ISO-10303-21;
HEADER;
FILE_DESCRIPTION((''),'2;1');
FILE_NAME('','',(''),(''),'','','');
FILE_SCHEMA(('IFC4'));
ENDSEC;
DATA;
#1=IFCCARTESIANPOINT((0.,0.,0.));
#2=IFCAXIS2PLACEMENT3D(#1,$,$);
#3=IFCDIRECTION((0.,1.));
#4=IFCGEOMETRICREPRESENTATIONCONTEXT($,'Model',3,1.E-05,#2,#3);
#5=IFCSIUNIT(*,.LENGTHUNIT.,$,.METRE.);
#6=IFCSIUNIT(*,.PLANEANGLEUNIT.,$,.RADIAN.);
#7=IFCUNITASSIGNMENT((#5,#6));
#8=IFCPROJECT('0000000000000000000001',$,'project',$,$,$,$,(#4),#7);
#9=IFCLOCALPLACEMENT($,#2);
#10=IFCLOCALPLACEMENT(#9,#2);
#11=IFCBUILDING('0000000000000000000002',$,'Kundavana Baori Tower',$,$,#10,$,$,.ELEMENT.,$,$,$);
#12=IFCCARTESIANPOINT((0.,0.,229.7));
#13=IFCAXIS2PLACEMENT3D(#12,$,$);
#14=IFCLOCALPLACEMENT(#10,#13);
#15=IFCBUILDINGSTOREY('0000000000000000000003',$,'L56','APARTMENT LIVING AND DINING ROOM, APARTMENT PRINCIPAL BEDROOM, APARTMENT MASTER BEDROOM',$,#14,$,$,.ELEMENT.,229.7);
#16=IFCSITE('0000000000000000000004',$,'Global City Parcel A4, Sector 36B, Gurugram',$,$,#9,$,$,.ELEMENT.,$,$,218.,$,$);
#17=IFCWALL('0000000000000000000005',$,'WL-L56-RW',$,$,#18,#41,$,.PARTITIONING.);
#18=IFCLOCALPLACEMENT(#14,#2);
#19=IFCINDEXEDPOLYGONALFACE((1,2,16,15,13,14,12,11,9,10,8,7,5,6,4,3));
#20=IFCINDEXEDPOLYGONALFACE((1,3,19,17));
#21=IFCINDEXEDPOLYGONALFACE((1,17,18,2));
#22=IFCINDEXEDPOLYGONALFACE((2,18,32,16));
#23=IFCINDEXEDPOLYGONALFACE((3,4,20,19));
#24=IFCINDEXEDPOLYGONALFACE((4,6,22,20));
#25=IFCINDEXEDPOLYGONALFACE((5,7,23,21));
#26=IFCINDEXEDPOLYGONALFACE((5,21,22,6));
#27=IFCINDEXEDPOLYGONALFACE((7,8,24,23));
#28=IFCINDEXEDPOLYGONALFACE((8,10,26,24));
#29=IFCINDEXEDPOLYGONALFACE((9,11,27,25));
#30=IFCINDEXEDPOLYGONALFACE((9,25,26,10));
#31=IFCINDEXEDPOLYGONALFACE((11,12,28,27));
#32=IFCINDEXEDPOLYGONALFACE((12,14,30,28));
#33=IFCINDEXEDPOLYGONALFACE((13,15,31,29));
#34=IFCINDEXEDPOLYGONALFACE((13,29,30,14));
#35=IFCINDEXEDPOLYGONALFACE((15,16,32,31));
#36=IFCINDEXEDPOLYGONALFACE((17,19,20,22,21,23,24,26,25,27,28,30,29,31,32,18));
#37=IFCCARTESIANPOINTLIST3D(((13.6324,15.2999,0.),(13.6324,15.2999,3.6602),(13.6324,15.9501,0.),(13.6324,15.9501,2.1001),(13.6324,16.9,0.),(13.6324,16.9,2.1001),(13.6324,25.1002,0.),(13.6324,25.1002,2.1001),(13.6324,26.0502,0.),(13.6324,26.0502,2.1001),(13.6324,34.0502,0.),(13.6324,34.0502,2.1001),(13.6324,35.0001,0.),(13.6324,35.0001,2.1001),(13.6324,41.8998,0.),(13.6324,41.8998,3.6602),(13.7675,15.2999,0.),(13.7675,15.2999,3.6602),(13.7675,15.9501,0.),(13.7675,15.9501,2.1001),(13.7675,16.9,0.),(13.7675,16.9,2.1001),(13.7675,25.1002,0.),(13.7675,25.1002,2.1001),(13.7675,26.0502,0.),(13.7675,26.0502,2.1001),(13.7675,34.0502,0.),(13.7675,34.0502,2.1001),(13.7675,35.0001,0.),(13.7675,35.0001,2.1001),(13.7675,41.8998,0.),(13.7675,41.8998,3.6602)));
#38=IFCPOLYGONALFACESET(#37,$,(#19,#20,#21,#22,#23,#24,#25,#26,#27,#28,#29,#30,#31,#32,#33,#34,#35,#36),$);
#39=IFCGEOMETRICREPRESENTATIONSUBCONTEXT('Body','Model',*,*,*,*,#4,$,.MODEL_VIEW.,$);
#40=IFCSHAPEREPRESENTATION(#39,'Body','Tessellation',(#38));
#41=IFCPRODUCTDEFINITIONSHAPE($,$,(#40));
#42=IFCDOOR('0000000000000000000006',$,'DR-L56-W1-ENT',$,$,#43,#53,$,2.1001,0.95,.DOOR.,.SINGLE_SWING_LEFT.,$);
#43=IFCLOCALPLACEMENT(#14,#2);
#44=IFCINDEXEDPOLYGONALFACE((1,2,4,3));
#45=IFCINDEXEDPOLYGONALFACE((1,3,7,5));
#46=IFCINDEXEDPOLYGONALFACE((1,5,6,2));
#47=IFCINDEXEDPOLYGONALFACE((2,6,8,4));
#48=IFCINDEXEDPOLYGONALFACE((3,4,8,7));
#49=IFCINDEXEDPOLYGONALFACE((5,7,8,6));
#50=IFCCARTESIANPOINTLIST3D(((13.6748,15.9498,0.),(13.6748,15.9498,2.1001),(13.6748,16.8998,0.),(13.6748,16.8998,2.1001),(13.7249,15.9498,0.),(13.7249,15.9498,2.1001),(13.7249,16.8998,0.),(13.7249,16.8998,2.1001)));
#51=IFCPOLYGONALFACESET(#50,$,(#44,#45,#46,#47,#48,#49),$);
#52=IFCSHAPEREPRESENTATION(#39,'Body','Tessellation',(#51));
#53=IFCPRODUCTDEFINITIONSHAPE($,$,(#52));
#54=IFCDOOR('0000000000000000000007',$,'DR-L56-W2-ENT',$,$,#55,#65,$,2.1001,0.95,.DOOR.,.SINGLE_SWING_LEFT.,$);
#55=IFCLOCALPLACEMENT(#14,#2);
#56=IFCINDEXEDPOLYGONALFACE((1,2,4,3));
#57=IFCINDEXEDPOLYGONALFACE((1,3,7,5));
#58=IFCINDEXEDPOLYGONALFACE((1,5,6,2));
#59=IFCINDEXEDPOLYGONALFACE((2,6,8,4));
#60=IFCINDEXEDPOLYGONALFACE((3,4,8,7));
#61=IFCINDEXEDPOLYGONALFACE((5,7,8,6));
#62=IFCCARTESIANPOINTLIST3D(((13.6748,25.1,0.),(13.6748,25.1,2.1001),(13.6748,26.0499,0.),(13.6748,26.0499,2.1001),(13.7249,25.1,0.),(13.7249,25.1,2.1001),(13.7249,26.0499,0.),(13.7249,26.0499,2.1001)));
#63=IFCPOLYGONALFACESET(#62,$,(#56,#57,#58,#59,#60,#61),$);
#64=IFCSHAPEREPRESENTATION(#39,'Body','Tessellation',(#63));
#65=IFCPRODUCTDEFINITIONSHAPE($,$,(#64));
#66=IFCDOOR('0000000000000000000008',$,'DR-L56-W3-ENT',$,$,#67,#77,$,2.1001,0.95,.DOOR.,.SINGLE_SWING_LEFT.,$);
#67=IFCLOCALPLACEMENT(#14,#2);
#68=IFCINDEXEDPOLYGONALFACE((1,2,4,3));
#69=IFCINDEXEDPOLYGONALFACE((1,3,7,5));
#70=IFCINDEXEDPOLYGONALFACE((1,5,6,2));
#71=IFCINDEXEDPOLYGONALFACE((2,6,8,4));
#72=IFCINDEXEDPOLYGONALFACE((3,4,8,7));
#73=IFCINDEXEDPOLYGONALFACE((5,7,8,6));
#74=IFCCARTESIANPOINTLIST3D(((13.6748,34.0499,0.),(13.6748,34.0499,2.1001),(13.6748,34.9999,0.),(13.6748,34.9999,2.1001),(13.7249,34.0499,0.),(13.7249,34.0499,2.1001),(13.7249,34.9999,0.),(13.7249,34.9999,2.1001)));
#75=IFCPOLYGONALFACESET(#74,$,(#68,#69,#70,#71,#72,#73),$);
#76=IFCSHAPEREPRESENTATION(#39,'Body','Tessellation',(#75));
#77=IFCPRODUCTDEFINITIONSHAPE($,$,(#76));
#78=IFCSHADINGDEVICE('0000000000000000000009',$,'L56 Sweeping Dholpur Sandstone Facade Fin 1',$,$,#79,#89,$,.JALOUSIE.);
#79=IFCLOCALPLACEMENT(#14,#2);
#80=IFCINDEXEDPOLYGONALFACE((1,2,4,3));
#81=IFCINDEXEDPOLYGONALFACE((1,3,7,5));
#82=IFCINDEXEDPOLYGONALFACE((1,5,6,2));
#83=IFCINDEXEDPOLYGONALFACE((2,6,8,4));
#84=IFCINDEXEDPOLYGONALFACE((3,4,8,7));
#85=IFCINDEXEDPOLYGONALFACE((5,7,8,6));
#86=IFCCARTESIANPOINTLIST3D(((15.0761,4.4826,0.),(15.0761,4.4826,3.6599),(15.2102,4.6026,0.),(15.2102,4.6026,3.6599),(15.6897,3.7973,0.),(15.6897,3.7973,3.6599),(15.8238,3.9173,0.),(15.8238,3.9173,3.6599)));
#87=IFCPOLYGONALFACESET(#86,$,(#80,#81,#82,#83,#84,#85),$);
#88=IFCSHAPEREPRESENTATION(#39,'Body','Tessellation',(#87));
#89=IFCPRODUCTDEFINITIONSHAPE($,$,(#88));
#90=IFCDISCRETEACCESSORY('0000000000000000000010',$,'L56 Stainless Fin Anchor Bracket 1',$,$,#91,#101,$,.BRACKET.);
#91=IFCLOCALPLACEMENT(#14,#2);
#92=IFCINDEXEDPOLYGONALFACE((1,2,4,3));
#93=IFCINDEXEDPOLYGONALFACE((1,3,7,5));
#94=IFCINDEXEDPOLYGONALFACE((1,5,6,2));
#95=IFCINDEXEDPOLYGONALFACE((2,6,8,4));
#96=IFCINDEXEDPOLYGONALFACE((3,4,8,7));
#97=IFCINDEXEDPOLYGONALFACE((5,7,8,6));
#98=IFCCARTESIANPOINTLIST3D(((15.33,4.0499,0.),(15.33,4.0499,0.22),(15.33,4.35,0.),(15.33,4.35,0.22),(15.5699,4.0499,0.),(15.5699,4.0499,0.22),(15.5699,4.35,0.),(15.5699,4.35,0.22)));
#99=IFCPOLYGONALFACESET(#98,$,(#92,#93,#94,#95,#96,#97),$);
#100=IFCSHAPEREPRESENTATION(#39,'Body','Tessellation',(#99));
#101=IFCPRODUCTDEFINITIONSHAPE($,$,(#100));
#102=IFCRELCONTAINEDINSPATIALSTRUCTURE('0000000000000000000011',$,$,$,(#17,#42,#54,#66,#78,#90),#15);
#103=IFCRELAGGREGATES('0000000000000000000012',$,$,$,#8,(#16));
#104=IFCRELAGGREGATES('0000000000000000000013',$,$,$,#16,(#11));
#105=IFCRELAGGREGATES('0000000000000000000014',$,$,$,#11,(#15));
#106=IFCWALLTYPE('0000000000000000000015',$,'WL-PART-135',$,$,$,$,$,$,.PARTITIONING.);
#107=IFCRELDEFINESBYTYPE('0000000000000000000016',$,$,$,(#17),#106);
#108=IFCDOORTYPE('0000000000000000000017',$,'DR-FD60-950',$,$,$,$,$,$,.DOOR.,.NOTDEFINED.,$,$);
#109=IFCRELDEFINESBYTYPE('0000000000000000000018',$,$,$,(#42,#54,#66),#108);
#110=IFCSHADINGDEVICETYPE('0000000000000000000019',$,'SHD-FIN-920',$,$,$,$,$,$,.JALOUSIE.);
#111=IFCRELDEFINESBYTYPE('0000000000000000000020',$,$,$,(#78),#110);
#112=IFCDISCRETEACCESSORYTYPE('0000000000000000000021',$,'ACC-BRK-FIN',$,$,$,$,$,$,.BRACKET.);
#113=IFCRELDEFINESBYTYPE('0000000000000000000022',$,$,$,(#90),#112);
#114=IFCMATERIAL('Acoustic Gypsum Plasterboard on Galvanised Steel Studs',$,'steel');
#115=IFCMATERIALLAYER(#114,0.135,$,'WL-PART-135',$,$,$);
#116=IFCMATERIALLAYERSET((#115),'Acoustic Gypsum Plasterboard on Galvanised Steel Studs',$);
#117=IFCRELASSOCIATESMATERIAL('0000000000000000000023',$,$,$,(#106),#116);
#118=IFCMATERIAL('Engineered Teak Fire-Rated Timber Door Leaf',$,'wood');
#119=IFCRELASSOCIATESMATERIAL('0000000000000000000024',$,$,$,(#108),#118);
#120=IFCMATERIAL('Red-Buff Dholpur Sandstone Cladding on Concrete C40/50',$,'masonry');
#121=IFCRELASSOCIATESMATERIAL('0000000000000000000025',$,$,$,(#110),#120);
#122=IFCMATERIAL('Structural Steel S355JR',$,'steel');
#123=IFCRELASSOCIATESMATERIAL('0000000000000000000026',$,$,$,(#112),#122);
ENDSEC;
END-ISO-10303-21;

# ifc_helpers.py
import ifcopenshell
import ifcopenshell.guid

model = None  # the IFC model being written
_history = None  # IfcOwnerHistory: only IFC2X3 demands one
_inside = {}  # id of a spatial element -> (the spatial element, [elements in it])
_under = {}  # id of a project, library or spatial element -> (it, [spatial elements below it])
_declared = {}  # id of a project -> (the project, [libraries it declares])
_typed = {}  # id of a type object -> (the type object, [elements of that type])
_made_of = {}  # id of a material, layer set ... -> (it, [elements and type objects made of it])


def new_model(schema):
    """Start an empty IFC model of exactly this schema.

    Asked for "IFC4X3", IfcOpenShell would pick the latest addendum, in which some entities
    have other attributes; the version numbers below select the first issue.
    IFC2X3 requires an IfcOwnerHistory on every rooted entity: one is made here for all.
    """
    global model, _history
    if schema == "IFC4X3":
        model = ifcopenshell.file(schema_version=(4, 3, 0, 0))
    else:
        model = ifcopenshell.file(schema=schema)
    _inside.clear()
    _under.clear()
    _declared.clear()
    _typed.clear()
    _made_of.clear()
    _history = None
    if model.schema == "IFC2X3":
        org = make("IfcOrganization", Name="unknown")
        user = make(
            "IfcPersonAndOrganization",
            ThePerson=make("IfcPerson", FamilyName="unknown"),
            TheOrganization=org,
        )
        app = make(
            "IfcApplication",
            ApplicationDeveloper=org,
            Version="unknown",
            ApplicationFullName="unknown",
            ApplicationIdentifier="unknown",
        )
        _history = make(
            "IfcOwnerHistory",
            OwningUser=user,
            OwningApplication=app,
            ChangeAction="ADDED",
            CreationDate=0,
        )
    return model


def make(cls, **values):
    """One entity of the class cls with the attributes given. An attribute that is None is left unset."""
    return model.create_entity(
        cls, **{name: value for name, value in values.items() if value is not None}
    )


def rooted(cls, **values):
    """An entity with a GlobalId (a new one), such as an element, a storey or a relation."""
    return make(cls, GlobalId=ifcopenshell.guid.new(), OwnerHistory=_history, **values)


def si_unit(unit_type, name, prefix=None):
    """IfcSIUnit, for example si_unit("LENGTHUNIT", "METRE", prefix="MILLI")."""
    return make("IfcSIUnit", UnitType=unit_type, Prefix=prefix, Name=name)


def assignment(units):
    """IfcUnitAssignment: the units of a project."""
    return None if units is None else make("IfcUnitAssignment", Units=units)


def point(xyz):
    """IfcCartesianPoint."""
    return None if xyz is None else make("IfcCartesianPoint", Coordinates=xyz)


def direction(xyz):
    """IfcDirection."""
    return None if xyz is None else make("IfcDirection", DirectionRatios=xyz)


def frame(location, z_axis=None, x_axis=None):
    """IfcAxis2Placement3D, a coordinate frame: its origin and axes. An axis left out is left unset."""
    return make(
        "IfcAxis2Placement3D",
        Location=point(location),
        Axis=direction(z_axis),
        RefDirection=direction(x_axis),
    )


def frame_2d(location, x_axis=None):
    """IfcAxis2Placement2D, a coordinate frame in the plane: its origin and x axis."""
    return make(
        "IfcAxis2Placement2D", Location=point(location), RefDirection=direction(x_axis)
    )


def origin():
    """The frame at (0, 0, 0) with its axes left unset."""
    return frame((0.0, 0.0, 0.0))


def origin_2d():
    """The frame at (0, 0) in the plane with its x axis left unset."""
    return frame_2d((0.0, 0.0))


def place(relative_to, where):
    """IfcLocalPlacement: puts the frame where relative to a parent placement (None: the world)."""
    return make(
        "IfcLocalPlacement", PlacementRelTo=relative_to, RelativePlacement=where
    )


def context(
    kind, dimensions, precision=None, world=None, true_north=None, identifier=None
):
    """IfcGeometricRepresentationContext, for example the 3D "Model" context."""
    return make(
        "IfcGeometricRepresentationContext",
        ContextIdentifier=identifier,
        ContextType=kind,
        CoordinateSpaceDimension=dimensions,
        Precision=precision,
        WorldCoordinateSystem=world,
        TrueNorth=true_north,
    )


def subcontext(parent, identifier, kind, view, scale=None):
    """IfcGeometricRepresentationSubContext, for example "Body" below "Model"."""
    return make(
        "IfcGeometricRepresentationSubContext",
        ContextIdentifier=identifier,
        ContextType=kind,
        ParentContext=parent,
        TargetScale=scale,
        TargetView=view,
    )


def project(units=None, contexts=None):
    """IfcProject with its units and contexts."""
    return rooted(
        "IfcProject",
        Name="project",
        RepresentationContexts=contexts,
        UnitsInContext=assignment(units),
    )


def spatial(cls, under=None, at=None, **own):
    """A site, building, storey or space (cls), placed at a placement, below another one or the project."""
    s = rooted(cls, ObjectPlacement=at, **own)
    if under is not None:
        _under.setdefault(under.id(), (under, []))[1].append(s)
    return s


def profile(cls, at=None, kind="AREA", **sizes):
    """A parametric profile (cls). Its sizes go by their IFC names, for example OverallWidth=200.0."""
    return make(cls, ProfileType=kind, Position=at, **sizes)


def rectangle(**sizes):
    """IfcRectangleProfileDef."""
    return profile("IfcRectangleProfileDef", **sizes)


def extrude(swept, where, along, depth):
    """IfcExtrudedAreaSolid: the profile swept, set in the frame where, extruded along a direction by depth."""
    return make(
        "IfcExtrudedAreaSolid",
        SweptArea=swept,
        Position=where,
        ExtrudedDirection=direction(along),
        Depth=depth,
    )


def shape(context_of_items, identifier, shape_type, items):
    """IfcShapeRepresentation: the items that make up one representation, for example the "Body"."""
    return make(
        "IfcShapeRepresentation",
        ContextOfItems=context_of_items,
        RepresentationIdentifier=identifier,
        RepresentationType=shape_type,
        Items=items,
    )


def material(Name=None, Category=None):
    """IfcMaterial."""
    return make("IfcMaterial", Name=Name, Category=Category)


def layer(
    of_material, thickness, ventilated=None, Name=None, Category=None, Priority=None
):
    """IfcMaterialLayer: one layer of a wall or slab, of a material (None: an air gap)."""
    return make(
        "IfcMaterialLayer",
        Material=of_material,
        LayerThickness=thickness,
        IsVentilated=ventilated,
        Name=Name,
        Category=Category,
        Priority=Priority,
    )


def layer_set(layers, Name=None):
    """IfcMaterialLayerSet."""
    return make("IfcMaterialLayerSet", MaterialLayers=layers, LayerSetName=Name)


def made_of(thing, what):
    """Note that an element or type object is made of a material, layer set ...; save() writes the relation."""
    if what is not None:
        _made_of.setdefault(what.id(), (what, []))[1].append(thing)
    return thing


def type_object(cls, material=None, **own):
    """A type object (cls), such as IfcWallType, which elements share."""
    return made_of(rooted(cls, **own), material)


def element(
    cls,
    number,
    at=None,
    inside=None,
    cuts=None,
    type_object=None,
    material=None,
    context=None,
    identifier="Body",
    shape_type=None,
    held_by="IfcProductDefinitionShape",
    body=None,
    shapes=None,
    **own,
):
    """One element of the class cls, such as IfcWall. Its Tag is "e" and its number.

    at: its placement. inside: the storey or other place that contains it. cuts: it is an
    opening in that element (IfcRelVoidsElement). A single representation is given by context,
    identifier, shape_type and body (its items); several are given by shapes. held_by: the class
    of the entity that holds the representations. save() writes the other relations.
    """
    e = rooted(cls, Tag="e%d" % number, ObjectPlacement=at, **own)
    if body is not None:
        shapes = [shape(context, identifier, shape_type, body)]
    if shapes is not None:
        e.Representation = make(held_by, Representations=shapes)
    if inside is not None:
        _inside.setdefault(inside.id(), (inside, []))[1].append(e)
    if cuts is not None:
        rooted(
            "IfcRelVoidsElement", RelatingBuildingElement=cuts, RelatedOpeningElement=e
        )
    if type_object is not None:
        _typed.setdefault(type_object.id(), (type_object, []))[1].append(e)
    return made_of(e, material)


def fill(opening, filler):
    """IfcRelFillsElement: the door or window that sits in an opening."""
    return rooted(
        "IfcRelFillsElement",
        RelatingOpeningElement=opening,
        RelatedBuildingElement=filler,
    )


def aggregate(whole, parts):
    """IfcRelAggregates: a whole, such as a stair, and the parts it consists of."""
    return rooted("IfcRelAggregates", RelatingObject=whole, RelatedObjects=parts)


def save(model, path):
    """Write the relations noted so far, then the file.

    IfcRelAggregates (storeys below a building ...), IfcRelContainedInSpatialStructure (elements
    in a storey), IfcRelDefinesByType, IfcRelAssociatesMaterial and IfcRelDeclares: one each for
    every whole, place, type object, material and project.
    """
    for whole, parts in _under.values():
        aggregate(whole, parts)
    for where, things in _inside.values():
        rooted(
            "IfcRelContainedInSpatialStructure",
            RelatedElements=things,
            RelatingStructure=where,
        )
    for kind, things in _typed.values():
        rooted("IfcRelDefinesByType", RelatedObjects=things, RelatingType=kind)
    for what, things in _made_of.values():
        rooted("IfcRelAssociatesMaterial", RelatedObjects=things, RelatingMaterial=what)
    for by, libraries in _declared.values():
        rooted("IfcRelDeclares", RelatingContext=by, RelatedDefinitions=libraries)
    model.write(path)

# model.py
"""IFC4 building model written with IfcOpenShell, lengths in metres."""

from ifc_helpers import new_model, si_unit, direction, frame, frame_2d, origin, origin_2d, place, context, subcontext, project, spatial, rectangle, extrude, material, layer, layer_set, type_object, element, fill, save


model = new_model("IFC4")

# Units and contexts
model_context = context("Model", 3, precision=1e-05, world=origin(), true_north=direction((0.0, 1.0)))
body_context = subcontext(model_context, "Body", "Model", "MODEL_VIEW")
ifc_project = project(units=[si_unit("LENGTHUNIT", "METRE"), si_unit("PLANEANGLEUNIT", "RADIAN")], contexts=[model_context])

# Site, building, storey
site_placement = place(None, origin())
site = spatial("IfcSite", under=ifc_project, at=site_placement, Name="Global City Parcel A4, Sector 36B, Gurugram", CompositionType="ELEMENT", RefElevation=218.0)
building_placement = place(site_placement, origin())
building = spatial("IfcBuilding", under=site, at=building_placement, Name="Kundavana Baori Tower", CompositionType="ELEMENT")
storey_placement = place(building_placement, frame((0.0, 0.0, 229.7)))
storey = spatial("IfcBuildingStorey", under=building, at=storey_placement, Name="L56", Description="APARTMENT LIVING AND DINING ROOM, APARTMENT PRINCIPAL BEDROOM, APARTMENT MASTER BEDROOM", CompositionType="ELEMENT", Elevation=229.7)

# Shared definitions
ifc_material_1 = material(Name="Acoustic Gypsum Plasterboard on Galvanised Steel Studs", Category="steel")
ifc_layer_1 = layer(ifc_material_1, 0.135, Name="WL-PART-135")
ifc_layer_set_1 = layer_set([ifc_layer_1], Name="Acoustic Gypsum Plasterboard on Galvanised Steel Studs")
wall_type_1 = type_object("IfcWallType", Name="WL-PART-135", PredefinedType="PARTITIONING", material=ifc_layer_set_1)

# Wall, openings, doors
wall_1_placement = place(storey_placement, frame((13.7, 15.3, 0.0), z_axis=(0.0, 0.0, 1.0), x_axis=(0.0, 1.0, 0.0)))
wall_1 = element("IfcWall", 1, at=wall_1_placement, inside=storey, type_object=wall_type_1, Name="WL-L56-RW", PredefinedType="PARTITIONING", context=body_context, shape_type="SweptSolid", body=[
    extrude(rectangle(XDim=26.5999, YDim=0.135, at=frame_2d((13.2998, 0.0))), origin(), (0.0, 0.0, 1.0), 3.6602),
])
opening_1_placement = place(wall_1_placement, frame((0.6499, 0.0, 0.0)))
opening_1 = element("IfcOpeningElement", 2, at=opening_1_placement, cuts=wall_1, PredefinedType="OPENING", context=body_context, shape_type="SweptSolid", body=[
    extrude(rectangle(XDim=0.95, YDim=2.1001, at=frame_2d((0.4751, 1.05))), frame((0.0, 0.0776, 0.0), z_axis=(0.0, -1.0, 0.0), x_axis=(1.0, 0.0, 0.0)), (0.0, 0.0, 1.0), 0.155),
])
opening_2_placement = place(wall_1_placement, frame((9.8, 0.0, 0.0)))
opening_2 = element("IfcOpeningElement", 3, at=opening_2_placement, cuts=wall_1, PredefinedType="OPENING", context=body_context, shape_type="SweptSolid", body=[
    extrude(rectangle(XDim=0.95, YDim=2.1001, at=frame_2d((0.4751, 1.05))), frame((0.0, 0.0776, 0.0), z_axis=(0.0, -1.0, 0.0), x_axis=(1.0, 0.0, 0.0)), (0.0, 0.0, 1.0), 0.155),
])
opening_3_placement = place(wall_1_placement, frame((18.75, 0.0, 0.0)))
opening_3 = element("IfcOpeningElement", 4, at=opening_3_placement, cuts=wall_1, PredefinedType="OPENING", context=body_context, shape_type="SweptSolid", body=[
    extrude(rectangle(XDim=0.95, YDim=2.1001, at=frame_2d((0.4751, 1.05))), frame((0.0, 0.0776, 0.0), z_axis=(0.0, -1.0, 0.0), x_axis=(1.0, 0.0, 0.0)), (0.0, 0.0, 1.0), 0.155),
])
ifc_material_2 = material(Name="Engineered Teak Fire-Rated Timber Door Leaf", Category="wood")
door_type_1 = type_object("IfcDoorType", Name="DR-FD60-950", OperationType="NOTDEFINED", PredefinedType="DOOR", material=ifc_material_2)
door_1_placement = place(opening_1_placement, frame((0.95, 0.0, 0.0), z_axis=(0.0, 0.0, 1.0), x_axis=(-1.0, 0.0, 0.0)))
door_1 = element("IfcDoor", 5, at=door_1_placement, inside=storey, type_object=door_type_1, Name="DR-L56-W1-ENT", OperationType="SINGLE_SWING_LEFT", OverallHeight=2.1001, OverallWidth=0.95, PredefinedType="DOOR", context=body_context, shape_type="SweptSolid", body=[
    extrude(rectangle(XDim=0.95, YDim=2.1001, at=frame_2d((0.4751, 1.05))), frame((0.0, 0.0249, 0.0), z_axis=(0.0, -1.0, 0.0), x_axis=(1.0, 0.0, 0.0)), (0.0, 0.0, 1.0), 0.05),
])
fill(opening_1, door_1)
door_2_placement = place(opening_2_placement, frame((0.95, 0.0, 0.0), z_axis=(0.0, 0.0, 1.0), x_axis=(-1.0, 0.0, 0.0)))
door_2 = element("IfcDoor", 6, at=door_2_placement, inside=storey, type_object=door_type_1, Name="DR-L56-W2-ENT", OperationType="SINGLE_SWING_LEFT", OverallHeight=2.1001, OverallWidth=0.95, PredefinedType="DOOR", context=body_context, shape_type="SweptSolid", body=[
    extrude(rectangle(XDim=0.95, YDim=2.1001, at=frame_2d((0.4751, 1.05))), frame((0.0, 0.0249, 0.0), z_axis=(0.0, -1.0, 0.0), x_axis=(1.0, 0.0, 0.0)), (0.0, 0.0, 1.0), 0.05),
])
fill(opening_2, door_2)
door_3_placement = place(opening_3_placement, frame((0.95, 0.0, 0.0), z_axis=(0.0, 0.0, 1.0), x_axis=(-1.0, 0.0, 0.0)))
door_3 = element("IfcDoor", 7, at=door_3_placement, inside=storey, type_object=door_type_1, Name="DR-L56-W3-ENT", OperationType="SINGLE_SWING_LEFT", OverallHeight=2.1001, OverallWidth=0.95, PredefinedType="DOOR", context=body_context, shape_type="SweptSolid", body=[
    extrude(rectangle(XDim=0.95, YDim=2.1001, at=frame_2d((0.4751, 1.05))), frame((0.0, 0.0249, 0.0), z_axis=(0.0, -1.0, 0.0), x_axis=(1.0, 0.0, 0.0)), (0.0, 0.0, 1.0), 0.05),
])
fill(opening_3, door_3)

# Shading device
ifc_material_3 = material(Name="Red-Buff Dholpur Sandstone Cladding on Concrete C40/50", Category="masonry")
shading_device_type = type_object("IfcShadingDeviceType", Name="SHD-FIN-920", PredefinedType="JALOUSIE", material=ifc_material_3)
shading_device_placement = place(storey_placement, frame((15.45, 4.2, 0.0), z_axis=(0.0, 0.0, 1.0), x_axis=(0.74501, 0.667053, 0.0)))
element("IfcShadingDevice", 8, at=shading_device_placement, inside=storey, type_object=shading_device_type, Name="L56 Sweeping Dholpur Sandstone Facade Fin 1", PredefinedType="JALOUSIE", context=body_context, shape_type="SweptSolid", body=[
    extrude(rectangle(XDim=0.1799, YDim=0.9199, at=origin_2d()), origin(), (0.0, 0.0, 1.0), 3.6599),
])

# Discrete accessory
ifc_material_4 = material(Name="Structural Steel S355JR", Category="steel")
discrete_accessory_type = type_object("IfcDiscreteAccessoryType", Name="ACC-BRK-FIN", PredefinedType="BRACKET", material=ifc_material_4)
discrete_accessory_placement = place(storey_placement, frame((15.45, 4.2, 0.0), z_axis=(0.0, 0.0, 1.0), x_axis=(1.0, 0.0, 0.0)))
element("IfcDiscreteAccessory", 9, at=discrete_accessory_placement, inside=storey, type_object=discrete_accessory_type, Name="L56 Stainless Fin Anchor Bracket 1", PredefinedType="BRACKET", context=body_context, shape_type="SweptSolid", body=[
    extrude(rectangle(XDim=0.24, YDim=0.3, at=origin_2d()), origin(), (0.0, 0.0, 1.0), 0.22),
])

save(model, "model.ifc")
